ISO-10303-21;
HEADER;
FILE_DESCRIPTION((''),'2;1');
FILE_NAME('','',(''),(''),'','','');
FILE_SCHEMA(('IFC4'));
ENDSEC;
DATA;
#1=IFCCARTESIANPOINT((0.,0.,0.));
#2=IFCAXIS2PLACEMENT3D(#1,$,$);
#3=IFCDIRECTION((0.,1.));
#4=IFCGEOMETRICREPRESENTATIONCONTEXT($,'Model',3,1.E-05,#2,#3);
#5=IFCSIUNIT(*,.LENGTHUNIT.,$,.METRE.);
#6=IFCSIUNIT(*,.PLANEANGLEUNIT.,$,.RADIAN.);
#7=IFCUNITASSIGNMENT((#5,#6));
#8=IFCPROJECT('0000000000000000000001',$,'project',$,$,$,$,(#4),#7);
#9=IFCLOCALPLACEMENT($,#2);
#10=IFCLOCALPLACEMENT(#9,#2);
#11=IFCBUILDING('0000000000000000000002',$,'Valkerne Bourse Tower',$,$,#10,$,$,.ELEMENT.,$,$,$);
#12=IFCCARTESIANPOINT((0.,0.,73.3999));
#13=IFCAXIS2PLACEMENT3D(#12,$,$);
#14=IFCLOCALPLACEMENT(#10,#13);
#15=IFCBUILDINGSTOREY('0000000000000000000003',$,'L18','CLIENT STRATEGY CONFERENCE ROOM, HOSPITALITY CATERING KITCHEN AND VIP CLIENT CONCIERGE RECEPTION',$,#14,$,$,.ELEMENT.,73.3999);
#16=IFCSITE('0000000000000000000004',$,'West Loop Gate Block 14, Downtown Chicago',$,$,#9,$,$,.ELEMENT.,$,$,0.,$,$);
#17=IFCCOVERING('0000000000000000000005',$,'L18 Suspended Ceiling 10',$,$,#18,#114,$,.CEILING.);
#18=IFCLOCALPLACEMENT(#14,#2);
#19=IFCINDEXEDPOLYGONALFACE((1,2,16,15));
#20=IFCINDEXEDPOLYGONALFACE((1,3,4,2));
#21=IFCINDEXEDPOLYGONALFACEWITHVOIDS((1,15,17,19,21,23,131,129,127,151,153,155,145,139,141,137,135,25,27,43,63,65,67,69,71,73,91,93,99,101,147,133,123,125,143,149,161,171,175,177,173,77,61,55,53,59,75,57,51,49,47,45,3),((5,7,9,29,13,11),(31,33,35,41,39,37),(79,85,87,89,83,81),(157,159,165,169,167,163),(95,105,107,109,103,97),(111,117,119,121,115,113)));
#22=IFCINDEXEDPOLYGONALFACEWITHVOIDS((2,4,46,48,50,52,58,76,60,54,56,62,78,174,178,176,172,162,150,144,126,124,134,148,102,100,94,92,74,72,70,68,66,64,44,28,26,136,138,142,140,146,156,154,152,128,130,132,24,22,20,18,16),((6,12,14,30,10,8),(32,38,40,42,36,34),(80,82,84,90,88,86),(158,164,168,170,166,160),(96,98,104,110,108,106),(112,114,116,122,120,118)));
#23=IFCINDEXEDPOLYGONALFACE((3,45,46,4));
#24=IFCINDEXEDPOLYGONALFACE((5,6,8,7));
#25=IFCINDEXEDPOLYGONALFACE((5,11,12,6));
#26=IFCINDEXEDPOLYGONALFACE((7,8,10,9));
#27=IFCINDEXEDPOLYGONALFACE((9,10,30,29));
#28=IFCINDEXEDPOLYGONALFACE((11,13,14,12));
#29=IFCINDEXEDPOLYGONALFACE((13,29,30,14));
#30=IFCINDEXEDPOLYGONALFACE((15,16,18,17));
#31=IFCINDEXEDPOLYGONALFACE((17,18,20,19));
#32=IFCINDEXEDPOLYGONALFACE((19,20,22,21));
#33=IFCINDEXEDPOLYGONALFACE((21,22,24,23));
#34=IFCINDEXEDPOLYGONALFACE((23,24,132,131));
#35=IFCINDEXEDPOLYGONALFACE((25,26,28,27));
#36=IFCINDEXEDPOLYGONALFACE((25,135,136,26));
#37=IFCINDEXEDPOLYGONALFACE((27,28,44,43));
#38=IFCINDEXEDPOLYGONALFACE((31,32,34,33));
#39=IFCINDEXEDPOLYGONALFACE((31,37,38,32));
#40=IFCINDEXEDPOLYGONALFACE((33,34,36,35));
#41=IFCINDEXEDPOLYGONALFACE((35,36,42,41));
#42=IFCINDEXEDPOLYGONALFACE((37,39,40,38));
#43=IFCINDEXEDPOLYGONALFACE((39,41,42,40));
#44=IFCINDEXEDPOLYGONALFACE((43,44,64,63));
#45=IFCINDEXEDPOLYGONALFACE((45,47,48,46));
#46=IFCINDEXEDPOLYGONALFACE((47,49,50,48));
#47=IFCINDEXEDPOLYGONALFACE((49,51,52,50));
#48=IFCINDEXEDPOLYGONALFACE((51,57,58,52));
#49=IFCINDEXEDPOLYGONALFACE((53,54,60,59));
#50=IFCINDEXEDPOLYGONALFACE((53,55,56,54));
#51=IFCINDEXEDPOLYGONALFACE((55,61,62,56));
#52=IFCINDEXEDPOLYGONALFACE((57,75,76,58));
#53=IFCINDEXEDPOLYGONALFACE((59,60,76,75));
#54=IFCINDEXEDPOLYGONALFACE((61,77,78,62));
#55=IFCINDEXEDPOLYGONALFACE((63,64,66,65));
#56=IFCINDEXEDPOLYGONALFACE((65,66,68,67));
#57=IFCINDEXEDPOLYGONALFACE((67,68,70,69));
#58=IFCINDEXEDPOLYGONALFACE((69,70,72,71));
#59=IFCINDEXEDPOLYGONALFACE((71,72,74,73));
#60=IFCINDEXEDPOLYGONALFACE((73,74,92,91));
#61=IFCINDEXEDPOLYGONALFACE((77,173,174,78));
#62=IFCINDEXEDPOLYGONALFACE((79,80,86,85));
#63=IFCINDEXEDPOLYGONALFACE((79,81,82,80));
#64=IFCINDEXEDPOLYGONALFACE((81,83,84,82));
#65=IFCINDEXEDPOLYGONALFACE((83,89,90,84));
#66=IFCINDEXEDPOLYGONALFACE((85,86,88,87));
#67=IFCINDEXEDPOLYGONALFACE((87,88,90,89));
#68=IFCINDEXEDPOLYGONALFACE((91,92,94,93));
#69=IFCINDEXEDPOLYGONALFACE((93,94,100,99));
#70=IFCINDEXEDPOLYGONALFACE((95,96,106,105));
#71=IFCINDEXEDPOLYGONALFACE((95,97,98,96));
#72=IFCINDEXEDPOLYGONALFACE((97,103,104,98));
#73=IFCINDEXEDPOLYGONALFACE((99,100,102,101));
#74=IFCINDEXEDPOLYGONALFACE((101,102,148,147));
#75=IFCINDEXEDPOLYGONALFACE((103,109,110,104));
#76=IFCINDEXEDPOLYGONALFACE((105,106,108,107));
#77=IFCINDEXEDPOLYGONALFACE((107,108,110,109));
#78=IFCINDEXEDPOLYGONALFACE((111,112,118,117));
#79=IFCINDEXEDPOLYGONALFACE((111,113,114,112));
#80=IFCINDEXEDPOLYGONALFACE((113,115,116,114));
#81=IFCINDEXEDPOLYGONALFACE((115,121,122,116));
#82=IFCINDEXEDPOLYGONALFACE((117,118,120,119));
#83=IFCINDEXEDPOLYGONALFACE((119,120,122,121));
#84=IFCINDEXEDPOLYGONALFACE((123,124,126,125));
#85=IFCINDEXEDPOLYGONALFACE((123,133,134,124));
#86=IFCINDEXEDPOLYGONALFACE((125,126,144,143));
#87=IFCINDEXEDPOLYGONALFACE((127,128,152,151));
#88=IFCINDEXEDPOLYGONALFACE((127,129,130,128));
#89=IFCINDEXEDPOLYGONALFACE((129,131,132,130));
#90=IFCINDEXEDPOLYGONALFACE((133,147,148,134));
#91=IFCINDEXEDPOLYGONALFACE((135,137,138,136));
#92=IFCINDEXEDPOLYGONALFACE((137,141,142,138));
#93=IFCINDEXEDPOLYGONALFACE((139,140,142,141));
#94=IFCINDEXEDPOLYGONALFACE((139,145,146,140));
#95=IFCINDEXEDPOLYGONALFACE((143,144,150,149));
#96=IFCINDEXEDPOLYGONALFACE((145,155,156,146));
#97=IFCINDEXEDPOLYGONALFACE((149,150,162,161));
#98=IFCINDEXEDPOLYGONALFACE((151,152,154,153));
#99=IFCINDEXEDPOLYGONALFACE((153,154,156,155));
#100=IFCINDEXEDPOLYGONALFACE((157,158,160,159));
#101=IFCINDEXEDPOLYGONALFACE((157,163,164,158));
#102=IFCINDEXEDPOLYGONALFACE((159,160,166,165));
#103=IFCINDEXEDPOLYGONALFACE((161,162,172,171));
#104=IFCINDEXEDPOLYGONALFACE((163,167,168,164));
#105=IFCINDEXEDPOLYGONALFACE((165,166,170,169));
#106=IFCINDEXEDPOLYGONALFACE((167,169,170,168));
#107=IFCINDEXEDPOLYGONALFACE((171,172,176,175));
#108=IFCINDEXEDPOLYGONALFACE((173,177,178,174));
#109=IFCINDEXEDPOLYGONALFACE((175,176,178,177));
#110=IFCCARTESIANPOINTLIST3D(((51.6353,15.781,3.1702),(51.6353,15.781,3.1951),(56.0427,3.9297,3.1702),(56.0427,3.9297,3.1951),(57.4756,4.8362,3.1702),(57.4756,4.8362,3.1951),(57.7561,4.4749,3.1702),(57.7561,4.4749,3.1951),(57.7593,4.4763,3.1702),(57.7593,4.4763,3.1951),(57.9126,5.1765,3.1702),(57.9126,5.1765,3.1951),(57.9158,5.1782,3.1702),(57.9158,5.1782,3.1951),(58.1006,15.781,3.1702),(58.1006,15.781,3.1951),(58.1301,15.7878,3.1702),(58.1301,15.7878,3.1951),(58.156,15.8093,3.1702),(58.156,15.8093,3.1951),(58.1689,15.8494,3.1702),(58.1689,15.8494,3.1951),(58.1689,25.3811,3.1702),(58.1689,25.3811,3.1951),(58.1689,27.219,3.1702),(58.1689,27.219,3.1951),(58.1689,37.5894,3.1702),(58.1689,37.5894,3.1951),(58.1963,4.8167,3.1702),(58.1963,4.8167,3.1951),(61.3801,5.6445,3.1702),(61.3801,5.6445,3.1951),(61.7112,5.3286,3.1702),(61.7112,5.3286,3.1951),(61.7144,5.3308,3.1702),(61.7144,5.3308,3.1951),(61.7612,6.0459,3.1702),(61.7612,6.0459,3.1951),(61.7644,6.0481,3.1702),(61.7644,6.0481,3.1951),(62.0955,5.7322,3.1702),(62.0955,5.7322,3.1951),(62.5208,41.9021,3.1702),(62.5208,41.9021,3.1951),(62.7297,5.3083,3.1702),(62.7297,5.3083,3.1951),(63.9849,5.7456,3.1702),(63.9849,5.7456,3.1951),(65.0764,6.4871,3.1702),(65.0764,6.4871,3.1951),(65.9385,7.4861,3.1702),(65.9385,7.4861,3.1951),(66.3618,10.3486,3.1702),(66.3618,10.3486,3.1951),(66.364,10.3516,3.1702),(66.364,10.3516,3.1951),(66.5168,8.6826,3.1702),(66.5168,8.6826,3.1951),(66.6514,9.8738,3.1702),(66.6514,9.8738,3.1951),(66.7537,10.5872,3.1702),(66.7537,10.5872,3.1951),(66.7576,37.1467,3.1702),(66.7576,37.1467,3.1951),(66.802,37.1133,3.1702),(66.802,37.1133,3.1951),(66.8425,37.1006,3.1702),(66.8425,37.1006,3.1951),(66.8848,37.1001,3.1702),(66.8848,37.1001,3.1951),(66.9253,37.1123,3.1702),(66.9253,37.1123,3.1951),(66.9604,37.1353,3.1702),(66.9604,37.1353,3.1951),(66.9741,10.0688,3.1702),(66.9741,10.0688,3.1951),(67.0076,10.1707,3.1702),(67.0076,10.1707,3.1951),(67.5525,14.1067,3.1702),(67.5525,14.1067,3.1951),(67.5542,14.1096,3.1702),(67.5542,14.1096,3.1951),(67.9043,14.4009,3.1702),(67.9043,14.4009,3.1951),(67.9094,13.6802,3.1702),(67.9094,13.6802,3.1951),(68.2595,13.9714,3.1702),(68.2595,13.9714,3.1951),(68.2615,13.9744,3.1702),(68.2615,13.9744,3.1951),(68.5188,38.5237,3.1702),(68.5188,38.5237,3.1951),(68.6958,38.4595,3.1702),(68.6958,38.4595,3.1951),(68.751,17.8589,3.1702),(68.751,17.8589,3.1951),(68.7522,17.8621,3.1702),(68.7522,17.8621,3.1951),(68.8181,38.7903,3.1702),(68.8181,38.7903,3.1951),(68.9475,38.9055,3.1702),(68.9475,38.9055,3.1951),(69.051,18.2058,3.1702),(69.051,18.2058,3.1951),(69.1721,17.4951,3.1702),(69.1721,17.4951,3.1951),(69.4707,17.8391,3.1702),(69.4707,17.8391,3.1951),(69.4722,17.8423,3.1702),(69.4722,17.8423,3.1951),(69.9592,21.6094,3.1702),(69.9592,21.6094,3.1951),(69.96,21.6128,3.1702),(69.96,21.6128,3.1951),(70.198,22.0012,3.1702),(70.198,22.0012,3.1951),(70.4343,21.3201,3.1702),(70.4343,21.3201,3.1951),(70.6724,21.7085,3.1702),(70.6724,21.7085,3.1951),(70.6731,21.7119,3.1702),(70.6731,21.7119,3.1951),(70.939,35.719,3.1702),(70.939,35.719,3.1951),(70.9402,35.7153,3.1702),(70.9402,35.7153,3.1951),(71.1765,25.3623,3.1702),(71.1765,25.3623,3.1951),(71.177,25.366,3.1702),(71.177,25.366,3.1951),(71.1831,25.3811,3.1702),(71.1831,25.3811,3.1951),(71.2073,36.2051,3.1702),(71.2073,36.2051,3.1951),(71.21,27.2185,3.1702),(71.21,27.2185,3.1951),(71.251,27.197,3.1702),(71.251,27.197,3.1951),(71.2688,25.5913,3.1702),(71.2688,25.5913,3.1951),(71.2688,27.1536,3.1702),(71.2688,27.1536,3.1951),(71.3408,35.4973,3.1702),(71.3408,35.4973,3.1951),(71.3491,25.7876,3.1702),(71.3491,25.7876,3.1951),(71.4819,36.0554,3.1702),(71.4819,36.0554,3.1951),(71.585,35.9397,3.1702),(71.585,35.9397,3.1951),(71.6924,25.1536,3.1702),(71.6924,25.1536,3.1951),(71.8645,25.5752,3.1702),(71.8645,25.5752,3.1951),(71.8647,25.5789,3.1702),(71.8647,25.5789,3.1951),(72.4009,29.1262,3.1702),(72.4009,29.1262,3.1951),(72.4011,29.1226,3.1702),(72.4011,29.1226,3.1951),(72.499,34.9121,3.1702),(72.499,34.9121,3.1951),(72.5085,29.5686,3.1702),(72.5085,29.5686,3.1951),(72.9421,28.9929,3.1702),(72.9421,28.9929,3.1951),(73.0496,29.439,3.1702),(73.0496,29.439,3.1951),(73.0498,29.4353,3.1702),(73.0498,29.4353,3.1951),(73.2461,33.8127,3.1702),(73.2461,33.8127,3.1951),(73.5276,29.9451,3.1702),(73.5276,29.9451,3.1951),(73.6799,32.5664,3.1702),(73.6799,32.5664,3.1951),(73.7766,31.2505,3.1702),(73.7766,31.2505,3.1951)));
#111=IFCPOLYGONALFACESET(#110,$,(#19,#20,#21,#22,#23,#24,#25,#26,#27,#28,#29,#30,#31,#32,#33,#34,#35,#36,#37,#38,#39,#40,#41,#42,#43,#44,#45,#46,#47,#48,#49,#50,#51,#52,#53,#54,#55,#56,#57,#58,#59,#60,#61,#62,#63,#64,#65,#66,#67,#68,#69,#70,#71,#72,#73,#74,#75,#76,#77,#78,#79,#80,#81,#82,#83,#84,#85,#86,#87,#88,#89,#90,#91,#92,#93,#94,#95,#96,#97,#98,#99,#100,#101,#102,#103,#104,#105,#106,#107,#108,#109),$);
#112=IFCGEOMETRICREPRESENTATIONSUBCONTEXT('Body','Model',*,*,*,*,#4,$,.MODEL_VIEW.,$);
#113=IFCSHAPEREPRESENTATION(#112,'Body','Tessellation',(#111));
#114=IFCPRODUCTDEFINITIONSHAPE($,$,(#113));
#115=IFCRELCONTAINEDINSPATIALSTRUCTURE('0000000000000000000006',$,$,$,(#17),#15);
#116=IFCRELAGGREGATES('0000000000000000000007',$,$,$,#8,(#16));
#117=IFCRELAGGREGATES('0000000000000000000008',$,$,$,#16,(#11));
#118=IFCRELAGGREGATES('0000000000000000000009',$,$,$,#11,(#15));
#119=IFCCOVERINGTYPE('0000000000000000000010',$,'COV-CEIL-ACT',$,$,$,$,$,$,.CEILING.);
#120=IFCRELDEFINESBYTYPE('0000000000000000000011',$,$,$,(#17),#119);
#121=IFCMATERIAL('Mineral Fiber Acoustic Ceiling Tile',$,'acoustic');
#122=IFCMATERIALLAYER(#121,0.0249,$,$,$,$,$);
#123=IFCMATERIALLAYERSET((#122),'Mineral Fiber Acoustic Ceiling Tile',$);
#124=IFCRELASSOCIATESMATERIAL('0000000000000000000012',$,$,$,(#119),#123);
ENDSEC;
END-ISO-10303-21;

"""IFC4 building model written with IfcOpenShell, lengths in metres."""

from ifc_helpers import new_model, si_unit, direction, frame, origin, place, context, subcontext, project, spatial, polyline, outline, extrude, material, layer, layer_set, type_object, element, save


model = new_model("IFC4")

# Units and contexts
model_context = context("Model", 3, precision=1e-05, world=origin(), true_north=direction((0.0, 1.0)))
body_context = subcontext(model_context, "Body", "Model", "MODEL_VIEW")
ifc_project = project(units=[si_unit("LENGTHUNIT", "METRE"), si_unit("PLANEANGLEUNIT", "RADIAN")], contexts=[model_context])

# Site, building, storey
site_placement = place(None, origin())
site = spatial("IfcSite", under=ifc_project, at=site_placement, Name="West Loop Gate Block 14, Downtown Chicago", CompositionType="ELEMENT", RefElevation=0.0)
building_placement = place(site_placement, origin())
building = spatial("IfcBuilding", under=site, at=building_placement, Name="Valkerne Bourse Tower", CompositionType="ELEMENT")
storey_placement = place(building_placement, frame((0.0, 0.0, 73.3999)))
storey = spatial("IfcBuildingStorey", under=building, at=storey_placement, Name="L18", Description="CLIENT STRATEGY CONFERENCE ROOM, HOSPITALITY CATERING KITCHEN AND VIP CLIENT CONCIERGE RECEPTION", CompositionType="ELEMENT", Elevation=73.3999)

# Covering
ifc_material_1 = material(Name="Mineral Fiber Acoustic Ceiling Tile", Category="acoustic")
ifc_layer_1 = layer(ifc_material_1, 0.0249)
ifc_layer_set_1 = layer_set([ifc_layer_1], Name="Mineral Fiber Acoustic Ceiling Tile")
covering_type_1 = type_object("IfcCoveringType", Name="COV-CEIL-ACT", PredefinedType="CEILING", material=ifc_layer_set_1)
covering_1_placement = place(storey_placement, frame((0.0, 0.0, 3.1702)))
element("IfcCovering", 1, at=covering_1_placement, inside=storey, type_object=covering_type_1, Name="L18 Suspended Ceiling 10", PredefinedType="CEILING", context=body_context, shape_type="SweptSolid", body=[
    extrude(outline(polyline([(73.5276, 29.9451), (67.0076, 10.1707), (66.7537, 10.5872), (66.364, 10.3516), (66.3618, 10.3486), (66.6514, 9.8738), (66.9741, 10.0688), (66.5168, 8.6826), (65.9385, 7.4861), (65.0764, 6.4871), (63.9849, 5.7456), (62.7297, 5.3083), (56.0427, 3.9297), (51.6353, 15.781), (58.1006, 15.781), (58.1301, 15.7878), (58.156, 15.8093), (58.1689, 15.8494), (58.1689, 25.3811), (71.1831, 25.3811), (71.177, 25.366), (71.1765, 25.3623), (71.6924, 25.1536), (71.8645, 25.5752), (71.8647, 25.5789), (71.3491, 25.7876), (71.2688, 25.5913), (71.2688, 27.1536), (71.251, 27.197), (71.21, 27.2185), (58.1689, 27.219), (58.1689, 37.5894), (62.5208, 41.9021), (66.7576, 37.1467), (66.802, 37.1133), (66.8425, 37.1006), (66.8848, 37.1001), (66.9253, 37.1123), (66.9604, 37.1353), (68.5188, 38.5237), (68.6958, 38.4595), (68.8181, 38.7903), (68.9475, 38.9055), (71.4819, 36.0554), (71.2073, 36.2051), (70.939, 35.719), (70.9402, 35.7153), (71.3408, 35.4973), (71.585, 35.9397), (72.499, 34.9121), (73.2461, 33.8127), (73.6799, 32.5664), (73.7766, 31.2505), (73.5276, 29.9451)]), holes=[polyline([(58.1963, 4.8167), (57.9158, 5.1782), (57.9126, 5.1765), (57.4756, 4.8362), (57.7561, 4.4749), (57.7593, 4.4763), (58.1963, 4.8167)]), polyline([(61.7144, 5.3308), (62.0955, 5.7322), (61.7644, 6.0481), (61.7612, 6.0459), (61.3801, 5.6445), (61.7112, 5.3286), (61.7144, 5.3308)]), polyline([(68.2615, 13.9744), (67.9043, 14.4009), (67.5542, 14.1096), (67.5525, 14.1067), (67.9094, 13.6802), (68.2595, 13.9714), (68.2615, 13.9744)]), polyline([(69.4707, 17.8391), (69.4722, 17.8423), (69.051, 18.2058), (68.7522, 17.8621), (68.751, 17.8589), (69.1721, 17.4951), (69.4707, 17.8391)]), polyline([(70.6724, 21.7085), (70.6731, 21.7119), (70.198, 22.0012), (69.96, 21.6128), (69.9592, 21.6094), (70.4343, 21.3201), (70.6724, 21.7085)]), polyline([(73.0498, 29.4353), (73.0496, 29.439), (72.5085, 29.5686), (72.4009, 29.1262), (72.4011, 29.1226), (72.9421, 28.9929), (73.0498, 29.4353)])]), origin(), (0.0, 0.0, 1.0), 0.0249),
])

save(model, "model.ifc")
